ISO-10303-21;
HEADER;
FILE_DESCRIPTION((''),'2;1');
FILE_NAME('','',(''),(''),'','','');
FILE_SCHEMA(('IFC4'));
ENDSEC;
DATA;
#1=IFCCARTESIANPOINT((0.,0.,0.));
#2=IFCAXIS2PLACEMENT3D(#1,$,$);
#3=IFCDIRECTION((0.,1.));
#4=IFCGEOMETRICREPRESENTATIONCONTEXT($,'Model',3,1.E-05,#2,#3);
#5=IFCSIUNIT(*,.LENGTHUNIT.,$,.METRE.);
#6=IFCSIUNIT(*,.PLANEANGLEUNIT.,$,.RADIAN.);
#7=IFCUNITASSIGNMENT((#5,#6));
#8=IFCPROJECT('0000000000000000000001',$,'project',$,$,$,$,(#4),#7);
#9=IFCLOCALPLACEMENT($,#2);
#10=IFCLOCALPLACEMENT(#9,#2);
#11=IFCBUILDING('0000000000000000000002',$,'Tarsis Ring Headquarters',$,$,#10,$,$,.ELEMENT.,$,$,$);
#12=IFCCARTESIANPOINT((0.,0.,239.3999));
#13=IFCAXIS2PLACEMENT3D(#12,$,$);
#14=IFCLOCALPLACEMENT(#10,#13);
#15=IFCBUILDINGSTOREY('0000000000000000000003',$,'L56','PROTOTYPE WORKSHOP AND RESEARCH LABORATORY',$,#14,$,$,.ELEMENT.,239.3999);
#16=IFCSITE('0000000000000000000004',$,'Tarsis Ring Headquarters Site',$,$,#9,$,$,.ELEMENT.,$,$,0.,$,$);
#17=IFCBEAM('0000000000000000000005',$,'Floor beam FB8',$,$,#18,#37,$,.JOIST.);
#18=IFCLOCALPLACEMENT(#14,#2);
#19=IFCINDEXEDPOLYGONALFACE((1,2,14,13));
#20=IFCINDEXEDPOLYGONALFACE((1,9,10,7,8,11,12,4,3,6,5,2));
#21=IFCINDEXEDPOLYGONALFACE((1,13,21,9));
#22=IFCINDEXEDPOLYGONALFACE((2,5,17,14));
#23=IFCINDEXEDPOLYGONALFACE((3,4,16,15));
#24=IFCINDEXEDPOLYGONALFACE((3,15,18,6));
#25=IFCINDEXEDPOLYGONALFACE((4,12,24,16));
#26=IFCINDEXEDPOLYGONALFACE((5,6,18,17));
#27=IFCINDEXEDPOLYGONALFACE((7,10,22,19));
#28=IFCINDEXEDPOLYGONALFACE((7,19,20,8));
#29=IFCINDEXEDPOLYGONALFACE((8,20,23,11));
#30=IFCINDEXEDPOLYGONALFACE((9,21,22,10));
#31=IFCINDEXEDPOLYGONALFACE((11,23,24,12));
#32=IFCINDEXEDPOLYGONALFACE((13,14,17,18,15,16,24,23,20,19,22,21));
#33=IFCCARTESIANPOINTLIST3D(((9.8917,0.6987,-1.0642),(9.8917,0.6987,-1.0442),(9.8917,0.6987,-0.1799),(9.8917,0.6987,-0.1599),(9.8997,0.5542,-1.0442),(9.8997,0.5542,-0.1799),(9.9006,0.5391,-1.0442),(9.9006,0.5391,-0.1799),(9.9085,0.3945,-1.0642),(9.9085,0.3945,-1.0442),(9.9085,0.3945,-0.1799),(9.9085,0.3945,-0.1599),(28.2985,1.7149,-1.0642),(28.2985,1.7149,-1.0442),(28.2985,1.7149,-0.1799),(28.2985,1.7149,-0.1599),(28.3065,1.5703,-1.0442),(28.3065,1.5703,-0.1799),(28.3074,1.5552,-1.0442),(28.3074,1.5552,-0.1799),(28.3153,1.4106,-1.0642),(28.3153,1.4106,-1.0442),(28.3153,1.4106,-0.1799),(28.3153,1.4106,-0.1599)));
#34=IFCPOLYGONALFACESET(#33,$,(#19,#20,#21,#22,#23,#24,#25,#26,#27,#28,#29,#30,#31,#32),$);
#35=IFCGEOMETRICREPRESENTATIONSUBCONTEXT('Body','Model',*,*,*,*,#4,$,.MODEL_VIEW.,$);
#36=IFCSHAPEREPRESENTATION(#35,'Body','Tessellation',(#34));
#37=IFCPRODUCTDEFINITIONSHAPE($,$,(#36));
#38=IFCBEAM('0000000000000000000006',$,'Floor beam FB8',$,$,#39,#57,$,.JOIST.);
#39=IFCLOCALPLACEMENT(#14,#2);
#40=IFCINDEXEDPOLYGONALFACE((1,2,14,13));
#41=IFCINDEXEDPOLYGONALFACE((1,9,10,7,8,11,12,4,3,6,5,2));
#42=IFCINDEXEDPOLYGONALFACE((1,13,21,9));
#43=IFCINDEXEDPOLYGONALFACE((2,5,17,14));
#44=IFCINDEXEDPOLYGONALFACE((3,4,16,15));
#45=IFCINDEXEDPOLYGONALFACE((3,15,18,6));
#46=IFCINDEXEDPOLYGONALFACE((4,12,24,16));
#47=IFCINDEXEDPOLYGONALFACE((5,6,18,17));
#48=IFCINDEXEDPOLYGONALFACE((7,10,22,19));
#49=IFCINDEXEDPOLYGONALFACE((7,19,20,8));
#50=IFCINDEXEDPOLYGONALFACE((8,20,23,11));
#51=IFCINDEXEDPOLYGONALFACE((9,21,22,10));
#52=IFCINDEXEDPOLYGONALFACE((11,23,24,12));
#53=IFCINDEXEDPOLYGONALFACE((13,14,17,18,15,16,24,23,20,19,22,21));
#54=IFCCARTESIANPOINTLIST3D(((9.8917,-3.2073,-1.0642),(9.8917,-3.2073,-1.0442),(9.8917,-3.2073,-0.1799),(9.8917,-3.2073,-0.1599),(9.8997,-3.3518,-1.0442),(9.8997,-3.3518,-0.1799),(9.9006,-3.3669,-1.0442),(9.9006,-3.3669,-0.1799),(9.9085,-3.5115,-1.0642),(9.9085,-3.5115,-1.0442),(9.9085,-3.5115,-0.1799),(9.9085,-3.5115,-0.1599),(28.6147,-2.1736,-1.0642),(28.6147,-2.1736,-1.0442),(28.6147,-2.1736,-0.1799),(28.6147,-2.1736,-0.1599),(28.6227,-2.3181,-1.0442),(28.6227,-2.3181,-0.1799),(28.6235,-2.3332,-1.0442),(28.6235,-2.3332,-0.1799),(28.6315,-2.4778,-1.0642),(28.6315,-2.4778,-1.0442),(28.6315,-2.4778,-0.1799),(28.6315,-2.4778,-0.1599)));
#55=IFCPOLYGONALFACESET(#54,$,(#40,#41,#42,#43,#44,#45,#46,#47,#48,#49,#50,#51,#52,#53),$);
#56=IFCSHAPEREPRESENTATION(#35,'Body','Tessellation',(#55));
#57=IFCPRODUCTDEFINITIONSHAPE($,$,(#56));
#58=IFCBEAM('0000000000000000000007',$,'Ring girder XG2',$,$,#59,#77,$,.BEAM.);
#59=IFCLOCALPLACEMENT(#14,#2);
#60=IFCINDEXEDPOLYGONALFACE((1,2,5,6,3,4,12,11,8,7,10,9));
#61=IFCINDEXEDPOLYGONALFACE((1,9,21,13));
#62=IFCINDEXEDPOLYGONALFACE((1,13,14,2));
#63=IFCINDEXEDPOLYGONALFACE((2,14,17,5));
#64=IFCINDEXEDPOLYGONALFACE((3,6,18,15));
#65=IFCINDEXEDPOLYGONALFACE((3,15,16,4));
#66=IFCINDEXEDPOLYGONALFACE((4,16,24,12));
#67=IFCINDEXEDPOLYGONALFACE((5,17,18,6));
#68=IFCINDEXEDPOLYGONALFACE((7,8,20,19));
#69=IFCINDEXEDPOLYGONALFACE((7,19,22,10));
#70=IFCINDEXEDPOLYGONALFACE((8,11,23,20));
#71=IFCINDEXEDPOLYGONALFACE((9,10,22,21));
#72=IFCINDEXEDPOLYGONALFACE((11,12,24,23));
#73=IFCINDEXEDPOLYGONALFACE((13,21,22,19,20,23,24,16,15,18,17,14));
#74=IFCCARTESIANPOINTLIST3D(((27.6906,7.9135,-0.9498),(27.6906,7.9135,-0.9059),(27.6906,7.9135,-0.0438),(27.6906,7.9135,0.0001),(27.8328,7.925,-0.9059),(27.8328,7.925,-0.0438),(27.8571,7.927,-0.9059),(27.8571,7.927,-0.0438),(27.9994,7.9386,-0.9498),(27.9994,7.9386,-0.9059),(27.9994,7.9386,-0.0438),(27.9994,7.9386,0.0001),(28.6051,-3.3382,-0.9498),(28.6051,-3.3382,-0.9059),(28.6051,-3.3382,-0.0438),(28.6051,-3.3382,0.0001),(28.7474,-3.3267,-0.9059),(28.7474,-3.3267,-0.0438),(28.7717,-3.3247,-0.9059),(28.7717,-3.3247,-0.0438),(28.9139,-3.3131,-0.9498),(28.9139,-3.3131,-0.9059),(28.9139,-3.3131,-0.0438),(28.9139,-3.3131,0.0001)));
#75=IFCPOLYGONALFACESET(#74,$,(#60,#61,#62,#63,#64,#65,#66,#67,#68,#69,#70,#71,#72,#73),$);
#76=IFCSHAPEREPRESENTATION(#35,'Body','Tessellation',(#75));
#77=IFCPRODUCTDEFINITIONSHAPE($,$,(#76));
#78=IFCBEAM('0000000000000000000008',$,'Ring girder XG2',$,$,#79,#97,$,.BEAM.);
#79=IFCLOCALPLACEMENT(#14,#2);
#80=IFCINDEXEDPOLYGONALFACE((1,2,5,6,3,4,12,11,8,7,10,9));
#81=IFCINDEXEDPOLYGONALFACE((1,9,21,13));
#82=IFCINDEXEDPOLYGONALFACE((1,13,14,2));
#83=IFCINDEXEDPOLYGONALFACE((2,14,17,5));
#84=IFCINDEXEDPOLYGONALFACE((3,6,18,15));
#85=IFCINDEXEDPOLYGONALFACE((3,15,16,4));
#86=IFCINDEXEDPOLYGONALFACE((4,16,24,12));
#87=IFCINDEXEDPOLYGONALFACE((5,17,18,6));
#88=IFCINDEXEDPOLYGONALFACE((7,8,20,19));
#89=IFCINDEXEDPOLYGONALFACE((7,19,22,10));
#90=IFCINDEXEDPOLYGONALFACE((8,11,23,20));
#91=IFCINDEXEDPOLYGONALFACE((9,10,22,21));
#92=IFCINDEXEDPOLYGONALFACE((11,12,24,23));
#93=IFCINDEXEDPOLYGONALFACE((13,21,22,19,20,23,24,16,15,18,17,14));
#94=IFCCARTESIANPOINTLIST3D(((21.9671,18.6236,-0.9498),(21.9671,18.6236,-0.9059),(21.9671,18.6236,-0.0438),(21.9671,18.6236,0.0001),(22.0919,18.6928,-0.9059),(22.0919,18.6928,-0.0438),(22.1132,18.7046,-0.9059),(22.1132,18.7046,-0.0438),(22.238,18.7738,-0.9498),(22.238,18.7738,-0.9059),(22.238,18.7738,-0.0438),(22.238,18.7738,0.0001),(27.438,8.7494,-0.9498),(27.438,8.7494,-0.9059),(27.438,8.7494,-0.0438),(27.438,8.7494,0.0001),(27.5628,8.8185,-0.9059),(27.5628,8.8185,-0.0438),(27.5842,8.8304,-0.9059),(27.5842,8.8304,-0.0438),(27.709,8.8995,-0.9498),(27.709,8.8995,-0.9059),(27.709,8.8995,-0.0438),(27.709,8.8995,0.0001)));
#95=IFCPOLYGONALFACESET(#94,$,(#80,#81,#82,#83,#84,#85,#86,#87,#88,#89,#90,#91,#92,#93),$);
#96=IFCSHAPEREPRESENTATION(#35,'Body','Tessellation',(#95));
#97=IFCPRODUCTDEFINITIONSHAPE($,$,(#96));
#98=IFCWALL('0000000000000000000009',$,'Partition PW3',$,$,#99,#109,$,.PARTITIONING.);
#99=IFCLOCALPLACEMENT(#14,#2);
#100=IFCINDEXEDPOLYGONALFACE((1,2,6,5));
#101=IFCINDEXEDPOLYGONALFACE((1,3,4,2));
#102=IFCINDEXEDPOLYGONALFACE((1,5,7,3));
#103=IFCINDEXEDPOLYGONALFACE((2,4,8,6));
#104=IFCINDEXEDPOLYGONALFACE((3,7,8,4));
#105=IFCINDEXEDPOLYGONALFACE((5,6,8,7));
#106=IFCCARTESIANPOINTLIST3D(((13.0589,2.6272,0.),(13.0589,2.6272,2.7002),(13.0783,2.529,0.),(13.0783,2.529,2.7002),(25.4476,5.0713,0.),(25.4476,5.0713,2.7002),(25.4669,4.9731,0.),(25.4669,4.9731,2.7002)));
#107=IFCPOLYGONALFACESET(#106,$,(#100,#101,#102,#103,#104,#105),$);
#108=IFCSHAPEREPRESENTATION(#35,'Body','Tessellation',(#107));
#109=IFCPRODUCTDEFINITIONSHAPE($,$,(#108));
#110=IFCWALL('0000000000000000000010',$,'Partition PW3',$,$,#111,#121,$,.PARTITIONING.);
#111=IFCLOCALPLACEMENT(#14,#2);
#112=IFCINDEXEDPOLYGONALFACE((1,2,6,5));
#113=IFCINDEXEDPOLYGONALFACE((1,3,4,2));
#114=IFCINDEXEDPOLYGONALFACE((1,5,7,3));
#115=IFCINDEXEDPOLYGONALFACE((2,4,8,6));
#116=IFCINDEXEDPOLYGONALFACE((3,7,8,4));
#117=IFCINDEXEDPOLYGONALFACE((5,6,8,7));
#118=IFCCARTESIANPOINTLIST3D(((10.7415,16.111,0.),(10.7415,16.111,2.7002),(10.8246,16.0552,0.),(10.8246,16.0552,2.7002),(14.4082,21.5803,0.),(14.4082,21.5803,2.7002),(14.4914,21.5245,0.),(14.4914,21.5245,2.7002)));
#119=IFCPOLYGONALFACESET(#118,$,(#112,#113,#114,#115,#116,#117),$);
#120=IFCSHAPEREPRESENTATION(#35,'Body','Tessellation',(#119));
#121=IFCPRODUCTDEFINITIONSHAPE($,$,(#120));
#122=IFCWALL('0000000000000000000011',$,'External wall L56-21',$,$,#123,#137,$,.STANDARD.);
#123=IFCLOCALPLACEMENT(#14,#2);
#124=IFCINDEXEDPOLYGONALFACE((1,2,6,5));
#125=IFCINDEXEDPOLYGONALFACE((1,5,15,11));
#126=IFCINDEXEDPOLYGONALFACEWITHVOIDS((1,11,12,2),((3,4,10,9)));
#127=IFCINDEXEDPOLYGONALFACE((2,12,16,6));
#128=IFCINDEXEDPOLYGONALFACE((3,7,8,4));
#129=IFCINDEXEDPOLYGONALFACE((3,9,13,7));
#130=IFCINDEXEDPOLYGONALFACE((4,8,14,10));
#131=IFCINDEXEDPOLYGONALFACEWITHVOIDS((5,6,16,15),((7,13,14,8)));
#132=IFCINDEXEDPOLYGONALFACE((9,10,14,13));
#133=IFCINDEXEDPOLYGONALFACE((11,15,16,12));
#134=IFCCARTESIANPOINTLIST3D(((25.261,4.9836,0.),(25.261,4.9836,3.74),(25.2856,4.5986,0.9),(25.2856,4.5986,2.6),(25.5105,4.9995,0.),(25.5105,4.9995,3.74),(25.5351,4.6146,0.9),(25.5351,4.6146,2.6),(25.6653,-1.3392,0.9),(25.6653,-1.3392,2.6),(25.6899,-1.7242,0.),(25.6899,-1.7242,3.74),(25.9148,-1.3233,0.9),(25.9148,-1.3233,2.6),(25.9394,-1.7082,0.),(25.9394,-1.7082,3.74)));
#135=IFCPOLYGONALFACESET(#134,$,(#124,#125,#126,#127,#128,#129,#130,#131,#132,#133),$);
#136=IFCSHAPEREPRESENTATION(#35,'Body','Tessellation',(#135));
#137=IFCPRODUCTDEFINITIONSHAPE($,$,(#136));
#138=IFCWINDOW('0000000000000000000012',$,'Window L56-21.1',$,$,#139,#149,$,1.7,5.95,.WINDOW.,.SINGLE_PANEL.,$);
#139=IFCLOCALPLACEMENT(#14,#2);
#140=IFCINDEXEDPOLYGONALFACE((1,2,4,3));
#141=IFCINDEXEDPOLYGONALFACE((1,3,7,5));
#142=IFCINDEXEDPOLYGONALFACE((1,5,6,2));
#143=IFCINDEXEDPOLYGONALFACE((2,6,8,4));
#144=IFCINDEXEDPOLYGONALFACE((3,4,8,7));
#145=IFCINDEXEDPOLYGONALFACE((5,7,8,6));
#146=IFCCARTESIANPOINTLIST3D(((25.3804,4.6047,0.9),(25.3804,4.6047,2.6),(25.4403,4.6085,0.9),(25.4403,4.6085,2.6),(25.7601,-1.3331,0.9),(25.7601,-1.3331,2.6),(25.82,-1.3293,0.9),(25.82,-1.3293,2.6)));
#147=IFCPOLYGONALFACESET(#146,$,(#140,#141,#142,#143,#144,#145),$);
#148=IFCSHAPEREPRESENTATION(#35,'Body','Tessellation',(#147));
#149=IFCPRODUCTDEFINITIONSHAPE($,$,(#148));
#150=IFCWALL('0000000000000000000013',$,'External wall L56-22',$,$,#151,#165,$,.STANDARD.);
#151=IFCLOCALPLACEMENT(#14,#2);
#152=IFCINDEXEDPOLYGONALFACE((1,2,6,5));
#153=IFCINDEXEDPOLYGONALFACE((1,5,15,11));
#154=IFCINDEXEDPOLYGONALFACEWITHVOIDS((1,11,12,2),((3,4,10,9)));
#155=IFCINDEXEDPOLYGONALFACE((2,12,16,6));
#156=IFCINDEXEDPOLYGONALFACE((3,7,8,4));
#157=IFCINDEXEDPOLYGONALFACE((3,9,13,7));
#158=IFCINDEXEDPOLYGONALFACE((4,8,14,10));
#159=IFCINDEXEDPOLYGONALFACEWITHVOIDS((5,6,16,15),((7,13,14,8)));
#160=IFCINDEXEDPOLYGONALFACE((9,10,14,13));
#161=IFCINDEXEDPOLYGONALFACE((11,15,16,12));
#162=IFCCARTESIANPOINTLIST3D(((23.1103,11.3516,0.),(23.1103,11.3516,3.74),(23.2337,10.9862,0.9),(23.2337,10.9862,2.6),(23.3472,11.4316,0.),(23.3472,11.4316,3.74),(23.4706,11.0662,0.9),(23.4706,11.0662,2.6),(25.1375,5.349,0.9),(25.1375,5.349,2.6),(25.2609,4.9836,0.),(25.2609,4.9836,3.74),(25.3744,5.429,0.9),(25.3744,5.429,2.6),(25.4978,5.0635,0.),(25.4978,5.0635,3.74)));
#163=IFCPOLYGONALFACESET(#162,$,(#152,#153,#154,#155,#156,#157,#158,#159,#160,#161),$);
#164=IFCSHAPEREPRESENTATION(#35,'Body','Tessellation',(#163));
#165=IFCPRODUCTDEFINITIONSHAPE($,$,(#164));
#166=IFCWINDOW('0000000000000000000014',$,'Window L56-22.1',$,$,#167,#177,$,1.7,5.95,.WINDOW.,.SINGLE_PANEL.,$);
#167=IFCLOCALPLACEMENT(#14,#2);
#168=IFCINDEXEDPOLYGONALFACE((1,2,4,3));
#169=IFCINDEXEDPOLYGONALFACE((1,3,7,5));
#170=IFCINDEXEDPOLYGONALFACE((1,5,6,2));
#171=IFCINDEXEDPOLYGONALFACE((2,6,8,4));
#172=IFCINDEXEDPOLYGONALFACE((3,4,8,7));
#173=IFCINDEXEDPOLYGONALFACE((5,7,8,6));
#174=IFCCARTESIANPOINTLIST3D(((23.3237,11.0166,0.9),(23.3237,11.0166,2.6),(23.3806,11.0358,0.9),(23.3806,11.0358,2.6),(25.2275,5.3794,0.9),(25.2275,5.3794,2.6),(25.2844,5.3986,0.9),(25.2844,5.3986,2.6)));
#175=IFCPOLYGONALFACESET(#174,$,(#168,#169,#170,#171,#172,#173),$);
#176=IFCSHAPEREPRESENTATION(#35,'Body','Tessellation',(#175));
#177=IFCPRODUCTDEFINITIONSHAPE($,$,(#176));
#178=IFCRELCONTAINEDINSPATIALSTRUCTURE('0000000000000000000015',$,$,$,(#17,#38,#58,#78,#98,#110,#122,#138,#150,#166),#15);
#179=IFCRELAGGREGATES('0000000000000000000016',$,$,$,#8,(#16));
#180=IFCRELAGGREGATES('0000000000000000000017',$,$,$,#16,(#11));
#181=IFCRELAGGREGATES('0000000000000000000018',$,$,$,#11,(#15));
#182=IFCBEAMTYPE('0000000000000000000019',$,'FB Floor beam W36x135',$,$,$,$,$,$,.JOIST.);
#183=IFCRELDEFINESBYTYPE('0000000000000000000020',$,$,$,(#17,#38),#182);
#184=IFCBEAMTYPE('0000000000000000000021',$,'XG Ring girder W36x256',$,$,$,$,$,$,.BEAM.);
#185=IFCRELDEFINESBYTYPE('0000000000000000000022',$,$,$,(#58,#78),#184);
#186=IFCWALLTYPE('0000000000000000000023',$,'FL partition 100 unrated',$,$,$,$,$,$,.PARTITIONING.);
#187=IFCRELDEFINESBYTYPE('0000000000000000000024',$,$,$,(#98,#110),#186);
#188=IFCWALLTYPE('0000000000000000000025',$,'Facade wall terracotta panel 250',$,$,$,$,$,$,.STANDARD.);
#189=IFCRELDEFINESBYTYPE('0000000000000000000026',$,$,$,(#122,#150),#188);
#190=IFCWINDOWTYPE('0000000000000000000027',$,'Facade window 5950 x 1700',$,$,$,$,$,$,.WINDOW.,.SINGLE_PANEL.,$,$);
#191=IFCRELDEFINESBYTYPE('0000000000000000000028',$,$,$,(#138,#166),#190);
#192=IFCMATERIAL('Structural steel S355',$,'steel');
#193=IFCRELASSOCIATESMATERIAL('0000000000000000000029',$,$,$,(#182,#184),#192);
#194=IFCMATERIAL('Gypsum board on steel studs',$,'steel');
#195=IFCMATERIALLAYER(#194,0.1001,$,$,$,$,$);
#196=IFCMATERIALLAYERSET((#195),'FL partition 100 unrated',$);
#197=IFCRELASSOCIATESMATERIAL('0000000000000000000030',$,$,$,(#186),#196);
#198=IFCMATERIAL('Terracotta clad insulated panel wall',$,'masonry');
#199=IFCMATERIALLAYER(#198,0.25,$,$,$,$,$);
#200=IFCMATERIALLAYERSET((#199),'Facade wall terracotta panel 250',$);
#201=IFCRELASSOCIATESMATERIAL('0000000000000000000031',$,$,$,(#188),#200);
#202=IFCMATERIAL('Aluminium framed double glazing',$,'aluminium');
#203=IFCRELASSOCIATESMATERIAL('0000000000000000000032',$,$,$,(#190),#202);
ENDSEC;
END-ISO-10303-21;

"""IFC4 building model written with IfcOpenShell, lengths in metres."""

from ifc_helpers import new_model, si_unit, direction, frame, frame_2d, origin, origin_2d, place, context, subcontext, project, spatial, rectangle, i_section, extrude, material, layer, layer_set, material_profile, profile_set, type_object, element, fill, save


model = new_model("IFC4")

# Units and contexts
model_context = context("Model", 3, precision=1e-05, world=origin(), true_north=direction((0.0, 1.0)))
body_context = subcontext(model_context, "Body", "Model", "MODEL_VIEW")
ifc_project = project(units=[si_unit("LENGTHUNIT", "METRE"), si_unit("PLANEANGLEUNIT", "RADIAN")], contexts=[model_context])

# Site, building, storey
site_placement = place(None, origin())
site = spatial("IfcSite", under=ifc_project, at=site_placement, Name="Tarsis Ring Headquarters Site", CompositionType="ELEMENT", RefElevation=0.0)
building_placement = place(site_placement, origin())
building = spatial("IfcBuilding", under=site, at=building_placement, Name="Tarsis Ring Headquarters", CompositionType="ELEMENT")
storey_placement = place(building_placement, frame((0.0, 0.0, 239.3999)))
storey = spatial("IfcBuildingStorey", under=building, at=storey_placement, Name="L56", Description="PROTOTYPE WORKSHOP AND RESEARCH LABORATORY", CompositionType="ELEMENT", Elevation=239.3999)

# Shared definitions
ifc_material_1 = material(Name="Structural steel S355", Category="steel")

# Beams
ifc_material_profile_1 = material_profile(ifc_material_1, i_section(OverallWidth=0.3047, OverallDepth=0.9043, WebThickness=0.0151, FlangeThickness=0.02, at=origin_2d()), Name="W36x135")
ifc_profile_set_1 = profile_set([ifc_material_profile_1], Name="Structural steel S355")
beam_type_1 = type_object("IfcBeamType", Name="FB Floor beam W36x135", PredefinedType="JOIST", material=ifc_profile_set_1)
beam_1_placement = place(storey_placement, frame((9.9001, 0.5466, -0.6121), z_axis=(0.99848, 0.055119, 0.0), x_axis=(-0.055119, 0.99848, 0.0)))
element("IfcBeam", 1, at=beam_1_placement, inside=storey, type_object=beam_type_1, Name="Floor beam FB8", PredefinedType="JOIST", context=body_context, shape_type="SweptSolid", body=[
    extrude(i_section(OverallWidth=0.3047, OverallDepth=0.9043, WebThickness=0.0151, FlangeThickness=0.02, at=origin_2d()), origin(), (0.0, 0.0, 1.0), 18.4348),
])
beam_2_placement = place(storey_placement, frame((9.9001, -3.3594, -0.6121), z_axis=(0.998479, 0.055126, 0.0), x_axis=(-0.055126, 0.998479, 0.0)))
element("IfcBeam", 2, at=beam_2_placement, inside=storey, type_object=beam_type_1, Name="Floor beam FB8", PredefinedType="JOIST", context=body_context, shape_type="SweptSolid", body=[
    extrude(i_section(OverallWidth=0.3047, OverallDepth=0.9043, WebThickness=0.0151, FlangeThickness=0.02, at=origin_2d()), origin(), (0.0, 0.0, 1.0), 18.7515),
])
ifc_material_profile_2 = material_profile(ifc_material_1, i_section(OverallWidth=0.3098, OverallDepth=0.95, WebThickness=0.0244, FlangeThickness=0.0439, at=origin_2d()), Name="W36x256")
ifc_profile_set_2 = profile_set([ifc_material_profile_2], Name="Structural steel S355")
beam_type_2 = type_object("IfcBeamType", Name="XG Ring girder W36x256", PredefinedType="BEAM", material=ifc_profile_set_2)
beam_3_placement = place(storey_placement, frame((28.7595, -3.3257, -0.4749), z_axis=(-0.081014, 0.996713, 0.0), x_axis=(-0.996713, -0.081014, 0.0)))
element("IfcBeam", 3, at=beam_3_placement, inside=storey, type_object=beam_type_2, Name="Ring girder XG2", PredefinedType="BEAM", context=body_context, shape_type="SweptSolid", body=[
    extrude(i_section(OverallWidth=0.3098, OverallDepth=0.95, WebThickness=0.0244, FlangeThickness=0.0439, at=origin_2d()), origin(), (0.0, 0.0, 1.0), 11.2888),
])
beam_4_placement = place(storey_placement, frame((27.5735, 8.8245, -0.4749), z_axis=(-0.484644, 0.874712, 0.0), x_axis=(-0.874712, -0.484644, 0.0)))
element("IfcBeam", 4, at=beam_4_placement, inside=storey, type_object=beam_type_2, Name="Ring girder XG2", PredefinedType="BEAM", context=body_context, shape_type="SweptSolid", body=[
    extrude(i_section(OverallWidth=0.3098, OverallDepth=0.95, WebThickness=0.0244, FlangeThickness=0.0439, at=origin_2d()), origin(), (0.0, 0.0, 1.0), 11.2886),
])

# Walls
ifc_material_2 = material(Name="Gypsum board on steel studs", Category="steel")
ifc_layer_1 = layer(ifc_material_2, 0.1001)
ifc_layer_set_1 = layer_set([ifc_layer_1], Name="FL partition 100 unrated")
wall_type_1 = type_object("IfcWallType", Name="FL partition 100 unrated", PredefinedType="PARTITIONING", material=ifc_layer_set_1)
wall_1_placement = place(storey_placement, frame((13.0686, 2.5781, 0.0), z_axis=(0.0, 0.0, 1.0), x_axis=(0.98109, 0.193554, 0.0)))
element("IfcWall", 5, at=wall_1_placement, inside=storey, type_object=wall_type_1, Name="Partition PW3", PredefinedType="PARTITIONING", context=body_context, shape_type="SweptSolid", body=[
    extrude(rectangle(XDim=12.6274, YDim=0.1001, at=frame_2d((6.3137, 0.0))), origin(), (0.0, 0.0, 1.0), 2.7002),
])
wall_2_placement = place(storey_placement, frame((10.783, 16.083, 0.0), z_axis=(0.0, 0.0, 1.0), x_axis=(0.556863, 0.830604, 0.0)))
element("IfcWall", 6, at=wall_2_placement, inside=storey, type_object=wall_type_1, Name="Partition PW3", PredefinedType="PARTITIONING", context=body_context, shape_type="SweptSolid", body=[
    extrude(rectangle(XDim=6.5847, YDim=0.1001, at=frame_2d((3.2925, 0.0))), origin(), (0.0, 0.0, 1.0), 2.7002),
])

# Walls, openings, windows
ifc_material_3 = material(Name="Terracotta clad insulated panel wall", Category="masonry")
ifc_layer_2 = layer(ifc_material_3, 0.25)
ifc_layer_set_2 = layer_set([ifc_layer_2], Name="Facade wall terracotta panel 250")
wall_type_2 = type_object("IfcWallType", Name="Facade wall terracotta panel 250", PredefinedType="STANDARD", material=ifc_layer_set_2)
wall_3_placement = place(storey_placement, frame((25.8147, -1.7163, 0.0), z_axis=(0.0, 0.0, 1.0), x_axis=(-0.063819, 0.997962, 0.0)))
wall_3 = element("IfcWall", 7, at=wall_3_placement, inside=storey, type_object=wall_type_2, Name="External wall L56-21", PredefinedType="STANDARD", context=body_context, shape_type="SweptSolid", body=[
    extrude(rectangle(XDim=6.7214, YDim=0.25, at=frame_2d((3.3608, 0.0))), origin(), (0.0, 0.0, 1.0), 3.74),
])
opening_1_placement = place(wall_3_placement, frame((0.3857, 0.0, 0.8999)))
opening_1 = element("IfcOpeningElement", 8, at=opening_1_placement, cuts=wall_3, PredefinedType="OPENING", context=body_context, shape_type="SweptSolid", body=[
    extrude(rectangle(XDim=5.95, YDim=1.7, at=frame_2d((2.9751, 0.8501))), frame((0.0, 0.135, 0.0), z_axis=(0.0, -1.0, 0.0), x_axis=(1.0, 0.0, 0.0)), (0.0, 0.0, 1.0), 0.27),
])
ifc_material_4 = material(Name="Aluminium framed double glazing", Category="aluminium")
window_type = type_object("IfcWindowType", Name="Facade window 5950 x 1700", PartitioningType="SINGLE_PANEL", PredefinedType="WINDOW", material=ifc_material_4)
window_1_placement = place(opening_1_placement, origin())
window_1 = element("IfcWindow", 9, at=window_1_placement, inside=storey, type_object=window_type, Name="Window L56-21.1", OverallHeight=1.7, OverallWidth=5.95, PartitioningType="SINGLE_PANEL", PredefinedType="WINDOW", context=body_context, shape_type="SweptSolid", body=[
    extrude(rectangle(XDim=5.95, YDim=1.7, at=frame_2d((2.9751, 0.8501))), frame((0.0, 0.03, 0.0), z_axis=(0.0, -1.0, 0.0), x_axis=(1.0, 0.0, 0.0)), (0.0, 0.0, 1.0), 0.0601),
])
fill(opening_1, window_1)
wall_4_placement = place(storey_placement, frame((25.3794, 5.0234, 0.0), z_axis=(0.0, 0.0, 1.0), x_axis=(-0.319963, 0.94743, 0.0)))
wall_4 = element("IfcWall", 10, at=wall_4_placement, inside=storey, type_object=wall_type_2, Name="External wall L56-22", PredefinedType="STANDARD", context=body_context, shape_type="SweptSolid", body=[
    extrude(rectangle(XDim=6.7214, YDim=0.25, at=frame_2d((3.3608, 0.0))), origin(), (0.0, 0.0, 1.0), 3.74),
])
opening_2_placement = place(wall_4_placement, frame((0.3857, 0.0, 0.8999)))
opening_2 = element("IfcOpeningElement", 11, at=opening_2_placement, cuts=wall_4, PredefinedType="OPENING", context=body_context, shape_type="SweptSolid", body=[
    extrude(rectangle(XDim=5.95, YDim=1.7, at=frame_2d((2.9751, 0.8501))), frame((0.0, 0.135, 0.0), z_axis=(0.0, -1.0, 0.0), x_axis=(1.0, 0.0, 0.0)), (0.0, 0.0, 1.0), 0.27),
])
window_2_placement = place(opening_2_placement, origin())
window_2 = element("IfcWindow", 12, at=window_2_placement, inside=storey, type_object=window_type, Name="Window L56-22.1", OverallHeight=1.7, OverallWidth=5.95, PartitioningType="SINGLE_PANEL", PredefinedType="WINDOW", context=body_context, shape_type="SweptSolid", body=[
    extrude(rectangle(XDim=5.95, YDim=1.7, at=frame_2d((2.9751, 0.8501))), frame((0.0, 0.03, 0.0), z_axis=(0.0, -1.0, 0.0), x_axis=(1.0, 0.0, 0.0)), (0.0, 0.0, 1.0), 0.0601),
])
fill(opening_2, window_2)

save(model, "model.ifc")
